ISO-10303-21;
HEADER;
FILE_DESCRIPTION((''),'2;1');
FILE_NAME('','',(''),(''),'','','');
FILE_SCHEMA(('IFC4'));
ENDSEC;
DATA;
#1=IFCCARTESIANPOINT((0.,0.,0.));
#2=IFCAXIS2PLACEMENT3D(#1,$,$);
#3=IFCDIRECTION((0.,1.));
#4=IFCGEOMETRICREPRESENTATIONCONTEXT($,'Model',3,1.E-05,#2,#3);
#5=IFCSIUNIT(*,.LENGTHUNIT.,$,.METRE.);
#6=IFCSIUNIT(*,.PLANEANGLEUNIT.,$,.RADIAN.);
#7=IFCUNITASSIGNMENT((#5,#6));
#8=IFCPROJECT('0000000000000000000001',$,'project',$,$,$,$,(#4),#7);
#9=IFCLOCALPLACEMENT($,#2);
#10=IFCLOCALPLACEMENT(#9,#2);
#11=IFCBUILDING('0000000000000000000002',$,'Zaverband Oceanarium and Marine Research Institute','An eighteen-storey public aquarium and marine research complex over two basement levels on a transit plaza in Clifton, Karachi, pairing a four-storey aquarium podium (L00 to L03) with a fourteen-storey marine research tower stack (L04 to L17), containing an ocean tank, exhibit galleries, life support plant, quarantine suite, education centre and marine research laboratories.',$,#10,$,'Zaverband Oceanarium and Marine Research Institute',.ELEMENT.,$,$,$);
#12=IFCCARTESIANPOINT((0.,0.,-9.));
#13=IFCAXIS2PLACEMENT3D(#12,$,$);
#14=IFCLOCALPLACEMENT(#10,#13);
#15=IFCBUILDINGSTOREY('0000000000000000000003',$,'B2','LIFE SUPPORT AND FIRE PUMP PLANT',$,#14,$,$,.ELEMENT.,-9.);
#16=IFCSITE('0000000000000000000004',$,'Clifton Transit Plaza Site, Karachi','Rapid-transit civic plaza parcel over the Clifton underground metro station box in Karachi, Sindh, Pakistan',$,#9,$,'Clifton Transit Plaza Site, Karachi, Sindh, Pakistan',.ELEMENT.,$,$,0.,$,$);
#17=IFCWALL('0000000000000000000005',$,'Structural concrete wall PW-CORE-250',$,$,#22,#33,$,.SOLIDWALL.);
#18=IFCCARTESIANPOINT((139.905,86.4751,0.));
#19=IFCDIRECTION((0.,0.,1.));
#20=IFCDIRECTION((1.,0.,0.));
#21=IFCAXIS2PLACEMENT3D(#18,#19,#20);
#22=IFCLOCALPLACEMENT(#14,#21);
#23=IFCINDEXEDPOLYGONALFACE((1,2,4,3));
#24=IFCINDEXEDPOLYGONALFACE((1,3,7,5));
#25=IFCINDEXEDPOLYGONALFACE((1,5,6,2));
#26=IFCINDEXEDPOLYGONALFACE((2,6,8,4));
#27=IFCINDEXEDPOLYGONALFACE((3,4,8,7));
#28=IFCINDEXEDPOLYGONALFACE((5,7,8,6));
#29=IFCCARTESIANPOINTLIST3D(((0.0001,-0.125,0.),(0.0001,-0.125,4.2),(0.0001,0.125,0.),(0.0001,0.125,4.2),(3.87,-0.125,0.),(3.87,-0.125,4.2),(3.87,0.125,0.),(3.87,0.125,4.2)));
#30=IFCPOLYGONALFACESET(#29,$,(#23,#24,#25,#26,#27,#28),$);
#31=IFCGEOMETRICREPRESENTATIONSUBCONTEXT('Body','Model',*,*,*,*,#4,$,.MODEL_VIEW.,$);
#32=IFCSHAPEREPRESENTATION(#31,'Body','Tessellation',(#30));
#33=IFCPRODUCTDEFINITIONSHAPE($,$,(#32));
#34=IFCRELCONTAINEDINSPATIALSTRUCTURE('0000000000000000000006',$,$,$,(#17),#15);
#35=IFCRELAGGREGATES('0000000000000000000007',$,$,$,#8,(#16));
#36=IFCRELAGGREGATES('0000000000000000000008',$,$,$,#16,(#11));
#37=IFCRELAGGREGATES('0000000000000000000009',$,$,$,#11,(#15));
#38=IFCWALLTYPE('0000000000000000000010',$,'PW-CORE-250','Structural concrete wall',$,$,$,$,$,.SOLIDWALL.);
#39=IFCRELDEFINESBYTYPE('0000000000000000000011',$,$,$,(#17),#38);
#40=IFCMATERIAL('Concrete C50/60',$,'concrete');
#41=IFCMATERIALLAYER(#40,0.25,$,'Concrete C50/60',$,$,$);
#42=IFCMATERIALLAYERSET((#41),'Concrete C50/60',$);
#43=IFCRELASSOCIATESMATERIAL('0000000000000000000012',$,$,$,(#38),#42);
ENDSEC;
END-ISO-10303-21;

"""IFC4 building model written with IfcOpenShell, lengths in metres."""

from ifc_helpers import new_model, si_unit, direction, frame, frame_2d, origin, place, context, subcontext, project, spatial, rectangle, extrude, material, layer, layer_set, type_object, element, save


model = new_model("IFC4")

# Units and contexts
model_context = context("Model", 3, precision=1e-05, world=origin(), true_north=direction((0.0, 1.0)))
body_context = subcontext(model_context, "Body", "Model", "MODEL_VIEW")
ifc_project = project(units=[si_unit("LENGTHUNIT", "METRE"), si_unit("PLANEANGLEUNIT", "RADIAN")], contexts=[model_context])

# Site, building, storey
site_placement = place(None, origin())
site = spatial("IfcSite", under=ifc_project, at=site_placement, Name="Clifton Transit Plaza Site, Karachi", Description="Rapid-transit civic plaza parcel over the Clifton underground metro station box in Karachi, Sindh, Pakistan", LongName="Clifton Transit Plaza Site, Karachi, Sindh, Pakistan", CompositionType="ELEMENT", RefElevation=0.0)
building_placement = place(site_placement, origin())
building = spatial("IfcBuilding", under=site, at=building_placement, Name="Zaverband Oceanarium and Marine Research Institute", Description="An eighteen-storey public aquarium and marine research complex over two basement levels on a transit plaza in Clifton, Karachi, pairing a four-storey aquarium podium (L00 to L03) with a fourteen-storey marine research tower stack (L04 to L17), containing an ocean tank, exhibit galleries, life support plant, quarantine suite, education centre and marine research laboratories.", LongName="Zaverband Oceanarium and Marine Research Institute", CompositionType="ELEMENT")
storey_placement = place(building_placement, frame((0.0, 0.0, -9.0)))
storey = spatial("IfcBuildingStorey", under=building, at=storey_placement, Name="B2", Description="LIFE SUPPORT AND FIRE PUMP PLANT", CompositionType="ELEMENT", Elevation=-9.0)

# Shared definitions
ifc_material_1 = material(Name="Concrete C50/60", Category="concrete")

# Shared definitions
ifc_layer_1 = layer(ifc_material_1, 0.25, Name="Concrete C50/60")
ifc_layer_set_1 = layer_set([ifc_layer_1], Name="Concrete C50/60")
wall_type_1 = type_object("IfcWallType", Name="PW-CORE-250", Description="Structural concrete wall", PredefinedType="SOLIDWALL", material=ifc_layer_set_1)

# Wall
wall_1_placement = place(storey_placement, frame((139.905, 86.4751, 0.0), z_axis=(0.0, 0.0, 1.0), x_axis=(1.0, 0.0, 0.0)))
element("IfcWall", 1, at=wall_1_placement, inside=storey, type_object=wall_type_1, Name="Structural concrete wall PW-CORE-250", PredefinedType="SOLIDWALL", context=body_context, shape_type="SweptSolid", body=[
    extrude(rectangle(XDim=3.8699, YDim=0.25, at=frame_2d((1.9351, 0.0))), origin(), (0.0, 0.0, 1.0), 4.2),
])

save(model, "model.ifc")
